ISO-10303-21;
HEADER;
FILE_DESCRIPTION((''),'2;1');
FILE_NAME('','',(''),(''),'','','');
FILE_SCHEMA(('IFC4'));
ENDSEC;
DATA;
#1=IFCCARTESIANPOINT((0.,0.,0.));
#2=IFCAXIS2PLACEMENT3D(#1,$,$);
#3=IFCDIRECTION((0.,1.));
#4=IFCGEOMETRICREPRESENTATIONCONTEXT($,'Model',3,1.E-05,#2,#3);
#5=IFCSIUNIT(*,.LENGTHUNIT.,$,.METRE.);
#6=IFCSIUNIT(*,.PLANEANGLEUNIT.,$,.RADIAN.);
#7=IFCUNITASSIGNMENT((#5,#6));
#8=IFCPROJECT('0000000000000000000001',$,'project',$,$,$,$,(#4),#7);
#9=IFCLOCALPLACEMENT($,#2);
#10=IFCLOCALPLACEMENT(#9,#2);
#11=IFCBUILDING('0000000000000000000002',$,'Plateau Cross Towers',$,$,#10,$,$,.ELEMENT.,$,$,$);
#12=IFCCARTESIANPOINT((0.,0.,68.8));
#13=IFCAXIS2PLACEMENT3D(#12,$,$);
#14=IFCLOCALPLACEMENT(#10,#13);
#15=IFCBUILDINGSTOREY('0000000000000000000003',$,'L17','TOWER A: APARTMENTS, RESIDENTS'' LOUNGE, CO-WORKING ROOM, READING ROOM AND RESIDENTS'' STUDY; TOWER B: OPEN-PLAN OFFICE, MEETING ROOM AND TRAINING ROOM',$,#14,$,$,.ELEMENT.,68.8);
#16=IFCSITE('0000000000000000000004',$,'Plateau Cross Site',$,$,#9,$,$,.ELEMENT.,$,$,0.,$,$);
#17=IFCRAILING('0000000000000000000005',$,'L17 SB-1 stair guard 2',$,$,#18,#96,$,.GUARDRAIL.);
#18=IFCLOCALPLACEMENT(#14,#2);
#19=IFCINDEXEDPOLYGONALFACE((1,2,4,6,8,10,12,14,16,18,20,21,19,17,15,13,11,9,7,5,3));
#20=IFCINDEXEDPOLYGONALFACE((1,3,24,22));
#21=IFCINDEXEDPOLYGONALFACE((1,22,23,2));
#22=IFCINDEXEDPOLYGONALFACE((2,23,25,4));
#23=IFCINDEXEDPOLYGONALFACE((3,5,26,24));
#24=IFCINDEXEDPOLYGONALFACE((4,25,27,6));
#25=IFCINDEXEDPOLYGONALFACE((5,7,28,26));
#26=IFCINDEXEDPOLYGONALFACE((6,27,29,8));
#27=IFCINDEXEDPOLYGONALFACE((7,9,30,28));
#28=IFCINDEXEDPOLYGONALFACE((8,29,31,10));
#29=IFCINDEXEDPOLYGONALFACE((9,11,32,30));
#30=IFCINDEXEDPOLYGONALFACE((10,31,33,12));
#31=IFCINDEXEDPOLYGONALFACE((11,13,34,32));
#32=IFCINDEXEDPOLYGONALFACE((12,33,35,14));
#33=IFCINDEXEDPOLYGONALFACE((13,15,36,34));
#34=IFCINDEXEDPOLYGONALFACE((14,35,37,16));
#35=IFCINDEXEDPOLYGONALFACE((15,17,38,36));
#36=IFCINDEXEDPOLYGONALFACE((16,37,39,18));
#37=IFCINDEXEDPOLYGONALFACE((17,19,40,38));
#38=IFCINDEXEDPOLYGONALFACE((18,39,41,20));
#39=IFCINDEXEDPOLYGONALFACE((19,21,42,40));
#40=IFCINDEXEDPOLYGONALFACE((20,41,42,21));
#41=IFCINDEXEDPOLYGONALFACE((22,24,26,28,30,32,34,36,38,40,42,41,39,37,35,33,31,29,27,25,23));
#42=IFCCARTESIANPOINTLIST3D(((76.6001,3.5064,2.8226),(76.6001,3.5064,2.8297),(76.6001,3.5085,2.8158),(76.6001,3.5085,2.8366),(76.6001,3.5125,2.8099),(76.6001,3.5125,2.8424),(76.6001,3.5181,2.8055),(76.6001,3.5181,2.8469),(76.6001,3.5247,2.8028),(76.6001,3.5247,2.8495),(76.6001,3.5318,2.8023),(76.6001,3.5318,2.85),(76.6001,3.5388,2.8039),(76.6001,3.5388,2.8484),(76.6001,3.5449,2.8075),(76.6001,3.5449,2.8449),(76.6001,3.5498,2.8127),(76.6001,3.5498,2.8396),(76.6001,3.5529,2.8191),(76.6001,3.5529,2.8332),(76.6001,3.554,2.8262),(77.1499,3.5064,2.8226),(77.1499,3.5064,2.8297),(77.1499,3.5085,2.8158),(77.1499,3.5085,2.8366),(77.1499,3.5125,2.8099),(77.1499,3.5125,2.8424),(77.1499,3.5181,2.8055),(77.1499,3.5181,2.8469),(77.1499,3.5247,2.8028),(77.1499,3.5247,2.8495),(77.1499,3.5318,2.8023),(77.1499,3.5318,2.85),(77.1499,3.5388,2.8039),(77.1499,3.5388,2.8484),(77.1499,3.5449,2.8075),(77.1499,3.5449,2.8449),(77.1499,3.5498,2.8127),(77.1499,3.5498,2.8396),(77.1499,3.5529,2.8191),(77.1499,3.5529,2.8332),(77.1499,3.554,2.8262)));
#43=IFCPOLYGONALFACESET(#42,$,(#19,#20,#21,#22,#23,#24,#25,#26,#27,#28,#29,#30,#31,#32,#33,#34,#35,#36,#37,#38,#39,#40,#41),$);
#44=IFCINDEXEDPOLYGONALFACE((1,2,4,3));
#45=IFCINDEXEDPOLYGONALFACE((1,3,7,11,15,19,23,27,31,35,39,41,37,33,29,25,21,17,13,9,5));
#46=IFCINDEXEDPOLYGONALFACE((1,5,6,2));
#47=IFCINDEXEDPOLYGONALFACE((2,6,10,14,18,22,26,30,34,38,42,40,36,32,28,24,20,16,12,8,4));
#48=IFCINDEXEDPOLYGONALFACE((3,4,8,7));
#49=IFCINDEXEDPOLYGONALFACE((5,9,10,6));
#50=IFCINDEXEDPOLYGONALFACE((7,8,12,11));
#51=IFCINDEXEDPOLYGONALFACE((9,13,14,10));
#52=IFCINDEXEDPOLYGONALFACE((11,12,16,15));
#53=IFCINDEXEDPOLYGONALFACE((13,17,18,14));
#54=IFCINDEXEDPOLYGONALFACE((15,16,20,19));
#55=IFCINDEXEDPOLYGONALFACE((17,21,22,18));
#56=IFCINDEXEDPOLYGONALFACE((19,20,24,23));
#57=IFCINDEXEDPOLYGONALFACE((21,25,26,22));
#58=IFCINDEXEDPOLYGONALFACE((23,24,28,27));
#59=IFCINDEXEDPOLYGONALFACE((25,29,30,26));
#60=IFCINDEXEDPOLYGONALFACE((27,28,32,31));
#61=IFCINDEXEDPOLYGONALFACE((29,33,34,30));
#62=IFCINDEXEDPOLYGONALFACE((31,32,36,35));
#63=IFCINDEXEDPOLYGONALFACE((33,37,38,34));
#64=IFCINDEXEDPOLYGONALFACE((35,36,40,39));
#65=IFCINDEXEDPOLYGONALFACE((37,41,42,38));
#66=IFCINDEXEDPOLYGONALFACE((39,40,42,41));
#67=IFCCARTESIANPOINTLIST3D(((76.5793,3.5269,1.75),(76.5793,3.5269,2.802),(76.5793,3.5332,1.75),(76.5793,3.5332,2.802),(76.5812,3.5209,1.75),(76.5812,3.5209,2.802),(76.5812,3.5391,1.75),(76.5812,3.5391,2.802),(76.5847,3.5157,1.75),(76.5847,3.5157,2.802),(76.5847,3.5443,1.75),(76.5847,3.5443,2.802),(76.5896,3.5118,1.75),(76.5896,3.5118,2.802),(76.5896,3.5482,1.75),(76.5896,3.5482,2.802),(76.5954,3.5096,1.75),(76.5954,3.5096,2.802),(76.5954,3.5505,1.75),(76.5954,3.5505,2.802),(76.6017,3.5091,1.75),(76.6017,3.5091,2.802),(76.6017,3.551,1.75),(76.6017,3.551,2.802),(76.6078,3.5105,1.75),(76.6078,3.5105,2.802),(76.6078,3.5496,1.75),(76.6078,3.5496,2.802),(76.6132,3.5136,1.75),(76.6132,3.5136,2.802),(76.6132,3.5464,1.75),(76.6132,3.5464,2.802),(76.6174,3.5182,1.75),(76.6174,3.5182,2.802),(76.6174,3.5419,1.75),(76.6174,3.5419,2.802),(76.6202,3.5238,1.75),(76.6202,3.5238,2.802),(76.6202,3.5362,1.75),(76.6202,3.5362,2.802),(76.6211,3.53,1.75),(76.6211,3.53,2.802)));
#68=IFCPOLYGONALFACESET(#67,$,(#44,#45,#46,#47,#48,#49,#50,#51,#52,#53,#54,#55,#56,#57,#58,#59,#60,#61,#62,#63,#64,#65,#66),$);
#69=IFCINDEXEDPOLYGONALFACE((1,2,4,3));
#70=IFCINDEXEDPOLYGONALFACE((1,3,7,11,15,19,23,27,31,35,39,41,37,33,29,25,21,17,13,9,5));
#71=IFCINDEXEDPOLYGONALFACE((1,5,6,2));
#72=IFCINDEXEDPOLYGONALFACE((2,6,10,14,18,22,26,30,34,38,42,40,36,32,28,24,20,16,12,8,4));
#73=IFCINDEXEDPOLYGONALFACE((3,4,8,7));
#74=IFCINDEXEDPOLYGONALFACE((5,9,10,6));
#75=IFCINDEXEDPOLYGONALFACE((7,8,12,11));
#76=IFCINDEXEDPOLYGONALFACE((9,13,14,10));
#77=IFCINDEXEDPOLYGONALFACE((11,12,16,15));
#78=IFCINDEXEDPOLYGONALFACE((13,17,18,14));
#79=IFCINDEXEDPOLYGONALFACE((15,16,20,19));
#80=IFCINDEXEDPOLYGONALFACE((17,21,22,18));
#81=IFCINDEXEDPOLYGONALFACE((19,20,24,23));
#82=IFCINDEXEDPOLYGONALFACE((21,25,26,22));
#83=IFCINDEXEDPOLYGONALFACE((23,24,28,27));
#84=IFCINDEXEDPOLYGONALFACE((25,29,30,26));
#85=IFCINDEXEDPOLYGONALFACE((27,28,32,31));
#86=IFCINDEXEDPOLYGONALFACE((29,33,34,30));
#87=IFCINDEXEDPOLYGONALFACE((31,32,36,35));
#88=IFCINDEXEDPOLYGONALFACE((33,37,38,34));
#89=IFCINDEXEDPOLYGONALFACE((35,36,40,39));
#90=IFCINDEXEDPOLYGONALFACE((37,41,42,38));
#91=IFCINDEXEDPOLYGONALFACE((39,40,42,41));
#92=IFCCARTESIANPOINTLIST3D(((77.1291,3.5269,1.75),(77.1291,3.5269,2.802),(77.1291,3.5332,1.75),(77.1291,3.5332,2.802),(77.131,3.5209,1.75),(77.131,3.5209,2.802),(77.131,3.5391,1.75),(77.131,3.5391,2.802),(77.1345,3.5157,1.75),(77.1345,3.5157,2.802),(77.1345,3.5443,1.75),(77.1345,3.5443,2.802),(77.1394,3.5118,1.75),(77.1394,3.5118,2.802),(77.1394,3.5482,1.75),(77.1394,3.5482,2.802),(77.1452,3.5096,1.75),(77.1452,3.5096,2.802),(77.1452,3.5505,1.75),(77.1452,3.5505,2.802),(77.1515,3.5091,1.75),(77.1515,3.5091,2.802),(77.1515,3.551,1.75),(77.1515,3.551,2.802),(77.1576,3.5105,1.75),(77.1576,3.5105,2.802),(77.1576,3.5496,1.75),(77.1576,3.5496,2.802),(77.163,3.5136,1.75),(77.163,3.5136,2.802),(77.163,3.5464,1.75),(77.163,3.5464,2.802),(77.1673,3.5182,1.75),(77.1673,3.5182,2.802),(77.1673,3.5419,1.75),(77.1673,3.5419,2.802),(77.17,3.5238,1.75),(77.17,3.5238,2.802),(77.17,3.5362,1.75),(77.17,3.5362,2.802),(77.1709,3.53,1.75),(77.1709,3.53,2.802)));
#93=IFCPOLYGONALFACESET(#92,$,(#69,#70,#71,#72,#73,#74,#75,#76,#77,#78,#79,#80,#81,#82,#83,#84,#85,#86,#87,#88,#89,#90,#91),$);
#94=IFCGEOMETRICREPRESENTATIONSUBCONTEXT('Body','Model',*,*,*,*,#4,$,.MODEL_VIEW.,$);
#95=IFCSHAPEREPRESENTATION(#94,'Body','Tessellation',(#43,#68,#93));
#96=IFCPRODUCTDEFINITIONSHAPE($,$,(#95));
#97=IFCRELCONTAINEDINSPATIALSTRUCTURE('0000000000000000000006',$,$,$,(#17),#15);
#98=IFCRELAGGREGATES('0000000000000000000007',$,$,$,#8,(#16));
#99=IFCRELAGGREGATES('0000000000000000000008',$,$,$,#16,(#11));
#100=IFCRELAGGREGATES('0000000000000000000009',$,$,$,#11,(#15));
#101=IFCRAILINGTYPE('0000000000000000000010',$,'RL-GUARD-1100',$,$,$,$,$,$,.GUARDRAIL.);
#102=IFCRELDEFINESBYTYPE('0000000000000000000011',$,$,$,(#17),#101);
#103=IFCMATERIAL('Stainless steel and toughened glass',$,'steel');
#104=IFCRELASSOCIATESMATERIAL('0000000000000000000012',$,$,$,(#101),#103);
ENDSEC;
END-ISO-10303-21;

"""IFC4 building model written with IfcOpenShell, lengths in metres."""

from ifc_helpers import new_model, si_unit, direction, frame, origin, origin_2d, place, context, subcontext, project, spatial, circle, extrude, material, type_object, element, save


model = new_model("IFC4")

# Units and contexts
model_context = context("Model", 3, precision=1e-05, world=origin(), true_north=direction((0.0, 1.0)))
body_context = subcontext(model_context, "Body", "Model", "MODEL_VIEW")
ifc_project = project(units=[si_unit("LENGTHUNIT", "METRE"), si_unit("PLANEANGLEUNIT", "RADIAN")], contexts=[model_context])

# Site, building, storey
site_placement = place(None, origin())
site = spatial("IfcSite", under=ifc_project, at=site_placement, Name="Plateau Cross Site", CompositionType="ELEMENT", RefElevation=0.0)
building_placement = place(site_placement, origin())
building = spatial("IfcBuilding", under=site, at=building_placement, Name="Plateau Cross Towers", CompositionType="ELEMENT")
storey_placement = place(building_placement, frame((0.0, 0.0, 68.8)))
storey = spatial("IfcBuildingStorey", under=building, at=storey_placement, Name="L17", Description="TOWER A: APARTMENTS, RESIDENTS' LOUNGE, CO-WORKING ROOM, READING ROOM AND RESIDENTS' STUDY; TOWER B: OPEN-PLAN OFFICE, MEETING ROOM AND TRAINING ROOM", CompositionType="ELEMENT", Elevation=68.8)

# Railing
ifc_material_1 = material(Name="Stainless steel and toughened glass", Category="steel")
railing_type_1 = type_object("IfcRailingType", Name="RL-GUARD-1100", PredefinedType="GUARDRAIL", material=ifc_material_1)
railing_1_placement = place(storey_placement, frame((76.6001, 3.53, 1.75)))
element("IfcRailing", 1, at=railing_1_placement, inside=storey, type_object=railing_type_1, Name="L17 SB-1 stair guard 2", PredefinedType="GUARDRAIL", context=body_context, shape_type="SweptSolid", body=[
    extrude(circle(Radius=0.0239, at=origin_2d()), frame((0.0, 0.0, 1.0762), z_axis=(1.0, 0.0, 0.0), x_axis=(0.0, 1.0, 0.0)), (0.0, 0.0, 1.0), 0.5498),
    extrude(circle(Radius=0.021, at=origin_2d()), origin(), (0.0, 0.0, 1.0), 1.052),
    extrude(circle(Radius=0.021, at=origin_2d()), frame((0.5498, 0.0, 0.0)), (0.0, 0.0, 1.0), 1.052),
])

save(model, "model.ifc")
